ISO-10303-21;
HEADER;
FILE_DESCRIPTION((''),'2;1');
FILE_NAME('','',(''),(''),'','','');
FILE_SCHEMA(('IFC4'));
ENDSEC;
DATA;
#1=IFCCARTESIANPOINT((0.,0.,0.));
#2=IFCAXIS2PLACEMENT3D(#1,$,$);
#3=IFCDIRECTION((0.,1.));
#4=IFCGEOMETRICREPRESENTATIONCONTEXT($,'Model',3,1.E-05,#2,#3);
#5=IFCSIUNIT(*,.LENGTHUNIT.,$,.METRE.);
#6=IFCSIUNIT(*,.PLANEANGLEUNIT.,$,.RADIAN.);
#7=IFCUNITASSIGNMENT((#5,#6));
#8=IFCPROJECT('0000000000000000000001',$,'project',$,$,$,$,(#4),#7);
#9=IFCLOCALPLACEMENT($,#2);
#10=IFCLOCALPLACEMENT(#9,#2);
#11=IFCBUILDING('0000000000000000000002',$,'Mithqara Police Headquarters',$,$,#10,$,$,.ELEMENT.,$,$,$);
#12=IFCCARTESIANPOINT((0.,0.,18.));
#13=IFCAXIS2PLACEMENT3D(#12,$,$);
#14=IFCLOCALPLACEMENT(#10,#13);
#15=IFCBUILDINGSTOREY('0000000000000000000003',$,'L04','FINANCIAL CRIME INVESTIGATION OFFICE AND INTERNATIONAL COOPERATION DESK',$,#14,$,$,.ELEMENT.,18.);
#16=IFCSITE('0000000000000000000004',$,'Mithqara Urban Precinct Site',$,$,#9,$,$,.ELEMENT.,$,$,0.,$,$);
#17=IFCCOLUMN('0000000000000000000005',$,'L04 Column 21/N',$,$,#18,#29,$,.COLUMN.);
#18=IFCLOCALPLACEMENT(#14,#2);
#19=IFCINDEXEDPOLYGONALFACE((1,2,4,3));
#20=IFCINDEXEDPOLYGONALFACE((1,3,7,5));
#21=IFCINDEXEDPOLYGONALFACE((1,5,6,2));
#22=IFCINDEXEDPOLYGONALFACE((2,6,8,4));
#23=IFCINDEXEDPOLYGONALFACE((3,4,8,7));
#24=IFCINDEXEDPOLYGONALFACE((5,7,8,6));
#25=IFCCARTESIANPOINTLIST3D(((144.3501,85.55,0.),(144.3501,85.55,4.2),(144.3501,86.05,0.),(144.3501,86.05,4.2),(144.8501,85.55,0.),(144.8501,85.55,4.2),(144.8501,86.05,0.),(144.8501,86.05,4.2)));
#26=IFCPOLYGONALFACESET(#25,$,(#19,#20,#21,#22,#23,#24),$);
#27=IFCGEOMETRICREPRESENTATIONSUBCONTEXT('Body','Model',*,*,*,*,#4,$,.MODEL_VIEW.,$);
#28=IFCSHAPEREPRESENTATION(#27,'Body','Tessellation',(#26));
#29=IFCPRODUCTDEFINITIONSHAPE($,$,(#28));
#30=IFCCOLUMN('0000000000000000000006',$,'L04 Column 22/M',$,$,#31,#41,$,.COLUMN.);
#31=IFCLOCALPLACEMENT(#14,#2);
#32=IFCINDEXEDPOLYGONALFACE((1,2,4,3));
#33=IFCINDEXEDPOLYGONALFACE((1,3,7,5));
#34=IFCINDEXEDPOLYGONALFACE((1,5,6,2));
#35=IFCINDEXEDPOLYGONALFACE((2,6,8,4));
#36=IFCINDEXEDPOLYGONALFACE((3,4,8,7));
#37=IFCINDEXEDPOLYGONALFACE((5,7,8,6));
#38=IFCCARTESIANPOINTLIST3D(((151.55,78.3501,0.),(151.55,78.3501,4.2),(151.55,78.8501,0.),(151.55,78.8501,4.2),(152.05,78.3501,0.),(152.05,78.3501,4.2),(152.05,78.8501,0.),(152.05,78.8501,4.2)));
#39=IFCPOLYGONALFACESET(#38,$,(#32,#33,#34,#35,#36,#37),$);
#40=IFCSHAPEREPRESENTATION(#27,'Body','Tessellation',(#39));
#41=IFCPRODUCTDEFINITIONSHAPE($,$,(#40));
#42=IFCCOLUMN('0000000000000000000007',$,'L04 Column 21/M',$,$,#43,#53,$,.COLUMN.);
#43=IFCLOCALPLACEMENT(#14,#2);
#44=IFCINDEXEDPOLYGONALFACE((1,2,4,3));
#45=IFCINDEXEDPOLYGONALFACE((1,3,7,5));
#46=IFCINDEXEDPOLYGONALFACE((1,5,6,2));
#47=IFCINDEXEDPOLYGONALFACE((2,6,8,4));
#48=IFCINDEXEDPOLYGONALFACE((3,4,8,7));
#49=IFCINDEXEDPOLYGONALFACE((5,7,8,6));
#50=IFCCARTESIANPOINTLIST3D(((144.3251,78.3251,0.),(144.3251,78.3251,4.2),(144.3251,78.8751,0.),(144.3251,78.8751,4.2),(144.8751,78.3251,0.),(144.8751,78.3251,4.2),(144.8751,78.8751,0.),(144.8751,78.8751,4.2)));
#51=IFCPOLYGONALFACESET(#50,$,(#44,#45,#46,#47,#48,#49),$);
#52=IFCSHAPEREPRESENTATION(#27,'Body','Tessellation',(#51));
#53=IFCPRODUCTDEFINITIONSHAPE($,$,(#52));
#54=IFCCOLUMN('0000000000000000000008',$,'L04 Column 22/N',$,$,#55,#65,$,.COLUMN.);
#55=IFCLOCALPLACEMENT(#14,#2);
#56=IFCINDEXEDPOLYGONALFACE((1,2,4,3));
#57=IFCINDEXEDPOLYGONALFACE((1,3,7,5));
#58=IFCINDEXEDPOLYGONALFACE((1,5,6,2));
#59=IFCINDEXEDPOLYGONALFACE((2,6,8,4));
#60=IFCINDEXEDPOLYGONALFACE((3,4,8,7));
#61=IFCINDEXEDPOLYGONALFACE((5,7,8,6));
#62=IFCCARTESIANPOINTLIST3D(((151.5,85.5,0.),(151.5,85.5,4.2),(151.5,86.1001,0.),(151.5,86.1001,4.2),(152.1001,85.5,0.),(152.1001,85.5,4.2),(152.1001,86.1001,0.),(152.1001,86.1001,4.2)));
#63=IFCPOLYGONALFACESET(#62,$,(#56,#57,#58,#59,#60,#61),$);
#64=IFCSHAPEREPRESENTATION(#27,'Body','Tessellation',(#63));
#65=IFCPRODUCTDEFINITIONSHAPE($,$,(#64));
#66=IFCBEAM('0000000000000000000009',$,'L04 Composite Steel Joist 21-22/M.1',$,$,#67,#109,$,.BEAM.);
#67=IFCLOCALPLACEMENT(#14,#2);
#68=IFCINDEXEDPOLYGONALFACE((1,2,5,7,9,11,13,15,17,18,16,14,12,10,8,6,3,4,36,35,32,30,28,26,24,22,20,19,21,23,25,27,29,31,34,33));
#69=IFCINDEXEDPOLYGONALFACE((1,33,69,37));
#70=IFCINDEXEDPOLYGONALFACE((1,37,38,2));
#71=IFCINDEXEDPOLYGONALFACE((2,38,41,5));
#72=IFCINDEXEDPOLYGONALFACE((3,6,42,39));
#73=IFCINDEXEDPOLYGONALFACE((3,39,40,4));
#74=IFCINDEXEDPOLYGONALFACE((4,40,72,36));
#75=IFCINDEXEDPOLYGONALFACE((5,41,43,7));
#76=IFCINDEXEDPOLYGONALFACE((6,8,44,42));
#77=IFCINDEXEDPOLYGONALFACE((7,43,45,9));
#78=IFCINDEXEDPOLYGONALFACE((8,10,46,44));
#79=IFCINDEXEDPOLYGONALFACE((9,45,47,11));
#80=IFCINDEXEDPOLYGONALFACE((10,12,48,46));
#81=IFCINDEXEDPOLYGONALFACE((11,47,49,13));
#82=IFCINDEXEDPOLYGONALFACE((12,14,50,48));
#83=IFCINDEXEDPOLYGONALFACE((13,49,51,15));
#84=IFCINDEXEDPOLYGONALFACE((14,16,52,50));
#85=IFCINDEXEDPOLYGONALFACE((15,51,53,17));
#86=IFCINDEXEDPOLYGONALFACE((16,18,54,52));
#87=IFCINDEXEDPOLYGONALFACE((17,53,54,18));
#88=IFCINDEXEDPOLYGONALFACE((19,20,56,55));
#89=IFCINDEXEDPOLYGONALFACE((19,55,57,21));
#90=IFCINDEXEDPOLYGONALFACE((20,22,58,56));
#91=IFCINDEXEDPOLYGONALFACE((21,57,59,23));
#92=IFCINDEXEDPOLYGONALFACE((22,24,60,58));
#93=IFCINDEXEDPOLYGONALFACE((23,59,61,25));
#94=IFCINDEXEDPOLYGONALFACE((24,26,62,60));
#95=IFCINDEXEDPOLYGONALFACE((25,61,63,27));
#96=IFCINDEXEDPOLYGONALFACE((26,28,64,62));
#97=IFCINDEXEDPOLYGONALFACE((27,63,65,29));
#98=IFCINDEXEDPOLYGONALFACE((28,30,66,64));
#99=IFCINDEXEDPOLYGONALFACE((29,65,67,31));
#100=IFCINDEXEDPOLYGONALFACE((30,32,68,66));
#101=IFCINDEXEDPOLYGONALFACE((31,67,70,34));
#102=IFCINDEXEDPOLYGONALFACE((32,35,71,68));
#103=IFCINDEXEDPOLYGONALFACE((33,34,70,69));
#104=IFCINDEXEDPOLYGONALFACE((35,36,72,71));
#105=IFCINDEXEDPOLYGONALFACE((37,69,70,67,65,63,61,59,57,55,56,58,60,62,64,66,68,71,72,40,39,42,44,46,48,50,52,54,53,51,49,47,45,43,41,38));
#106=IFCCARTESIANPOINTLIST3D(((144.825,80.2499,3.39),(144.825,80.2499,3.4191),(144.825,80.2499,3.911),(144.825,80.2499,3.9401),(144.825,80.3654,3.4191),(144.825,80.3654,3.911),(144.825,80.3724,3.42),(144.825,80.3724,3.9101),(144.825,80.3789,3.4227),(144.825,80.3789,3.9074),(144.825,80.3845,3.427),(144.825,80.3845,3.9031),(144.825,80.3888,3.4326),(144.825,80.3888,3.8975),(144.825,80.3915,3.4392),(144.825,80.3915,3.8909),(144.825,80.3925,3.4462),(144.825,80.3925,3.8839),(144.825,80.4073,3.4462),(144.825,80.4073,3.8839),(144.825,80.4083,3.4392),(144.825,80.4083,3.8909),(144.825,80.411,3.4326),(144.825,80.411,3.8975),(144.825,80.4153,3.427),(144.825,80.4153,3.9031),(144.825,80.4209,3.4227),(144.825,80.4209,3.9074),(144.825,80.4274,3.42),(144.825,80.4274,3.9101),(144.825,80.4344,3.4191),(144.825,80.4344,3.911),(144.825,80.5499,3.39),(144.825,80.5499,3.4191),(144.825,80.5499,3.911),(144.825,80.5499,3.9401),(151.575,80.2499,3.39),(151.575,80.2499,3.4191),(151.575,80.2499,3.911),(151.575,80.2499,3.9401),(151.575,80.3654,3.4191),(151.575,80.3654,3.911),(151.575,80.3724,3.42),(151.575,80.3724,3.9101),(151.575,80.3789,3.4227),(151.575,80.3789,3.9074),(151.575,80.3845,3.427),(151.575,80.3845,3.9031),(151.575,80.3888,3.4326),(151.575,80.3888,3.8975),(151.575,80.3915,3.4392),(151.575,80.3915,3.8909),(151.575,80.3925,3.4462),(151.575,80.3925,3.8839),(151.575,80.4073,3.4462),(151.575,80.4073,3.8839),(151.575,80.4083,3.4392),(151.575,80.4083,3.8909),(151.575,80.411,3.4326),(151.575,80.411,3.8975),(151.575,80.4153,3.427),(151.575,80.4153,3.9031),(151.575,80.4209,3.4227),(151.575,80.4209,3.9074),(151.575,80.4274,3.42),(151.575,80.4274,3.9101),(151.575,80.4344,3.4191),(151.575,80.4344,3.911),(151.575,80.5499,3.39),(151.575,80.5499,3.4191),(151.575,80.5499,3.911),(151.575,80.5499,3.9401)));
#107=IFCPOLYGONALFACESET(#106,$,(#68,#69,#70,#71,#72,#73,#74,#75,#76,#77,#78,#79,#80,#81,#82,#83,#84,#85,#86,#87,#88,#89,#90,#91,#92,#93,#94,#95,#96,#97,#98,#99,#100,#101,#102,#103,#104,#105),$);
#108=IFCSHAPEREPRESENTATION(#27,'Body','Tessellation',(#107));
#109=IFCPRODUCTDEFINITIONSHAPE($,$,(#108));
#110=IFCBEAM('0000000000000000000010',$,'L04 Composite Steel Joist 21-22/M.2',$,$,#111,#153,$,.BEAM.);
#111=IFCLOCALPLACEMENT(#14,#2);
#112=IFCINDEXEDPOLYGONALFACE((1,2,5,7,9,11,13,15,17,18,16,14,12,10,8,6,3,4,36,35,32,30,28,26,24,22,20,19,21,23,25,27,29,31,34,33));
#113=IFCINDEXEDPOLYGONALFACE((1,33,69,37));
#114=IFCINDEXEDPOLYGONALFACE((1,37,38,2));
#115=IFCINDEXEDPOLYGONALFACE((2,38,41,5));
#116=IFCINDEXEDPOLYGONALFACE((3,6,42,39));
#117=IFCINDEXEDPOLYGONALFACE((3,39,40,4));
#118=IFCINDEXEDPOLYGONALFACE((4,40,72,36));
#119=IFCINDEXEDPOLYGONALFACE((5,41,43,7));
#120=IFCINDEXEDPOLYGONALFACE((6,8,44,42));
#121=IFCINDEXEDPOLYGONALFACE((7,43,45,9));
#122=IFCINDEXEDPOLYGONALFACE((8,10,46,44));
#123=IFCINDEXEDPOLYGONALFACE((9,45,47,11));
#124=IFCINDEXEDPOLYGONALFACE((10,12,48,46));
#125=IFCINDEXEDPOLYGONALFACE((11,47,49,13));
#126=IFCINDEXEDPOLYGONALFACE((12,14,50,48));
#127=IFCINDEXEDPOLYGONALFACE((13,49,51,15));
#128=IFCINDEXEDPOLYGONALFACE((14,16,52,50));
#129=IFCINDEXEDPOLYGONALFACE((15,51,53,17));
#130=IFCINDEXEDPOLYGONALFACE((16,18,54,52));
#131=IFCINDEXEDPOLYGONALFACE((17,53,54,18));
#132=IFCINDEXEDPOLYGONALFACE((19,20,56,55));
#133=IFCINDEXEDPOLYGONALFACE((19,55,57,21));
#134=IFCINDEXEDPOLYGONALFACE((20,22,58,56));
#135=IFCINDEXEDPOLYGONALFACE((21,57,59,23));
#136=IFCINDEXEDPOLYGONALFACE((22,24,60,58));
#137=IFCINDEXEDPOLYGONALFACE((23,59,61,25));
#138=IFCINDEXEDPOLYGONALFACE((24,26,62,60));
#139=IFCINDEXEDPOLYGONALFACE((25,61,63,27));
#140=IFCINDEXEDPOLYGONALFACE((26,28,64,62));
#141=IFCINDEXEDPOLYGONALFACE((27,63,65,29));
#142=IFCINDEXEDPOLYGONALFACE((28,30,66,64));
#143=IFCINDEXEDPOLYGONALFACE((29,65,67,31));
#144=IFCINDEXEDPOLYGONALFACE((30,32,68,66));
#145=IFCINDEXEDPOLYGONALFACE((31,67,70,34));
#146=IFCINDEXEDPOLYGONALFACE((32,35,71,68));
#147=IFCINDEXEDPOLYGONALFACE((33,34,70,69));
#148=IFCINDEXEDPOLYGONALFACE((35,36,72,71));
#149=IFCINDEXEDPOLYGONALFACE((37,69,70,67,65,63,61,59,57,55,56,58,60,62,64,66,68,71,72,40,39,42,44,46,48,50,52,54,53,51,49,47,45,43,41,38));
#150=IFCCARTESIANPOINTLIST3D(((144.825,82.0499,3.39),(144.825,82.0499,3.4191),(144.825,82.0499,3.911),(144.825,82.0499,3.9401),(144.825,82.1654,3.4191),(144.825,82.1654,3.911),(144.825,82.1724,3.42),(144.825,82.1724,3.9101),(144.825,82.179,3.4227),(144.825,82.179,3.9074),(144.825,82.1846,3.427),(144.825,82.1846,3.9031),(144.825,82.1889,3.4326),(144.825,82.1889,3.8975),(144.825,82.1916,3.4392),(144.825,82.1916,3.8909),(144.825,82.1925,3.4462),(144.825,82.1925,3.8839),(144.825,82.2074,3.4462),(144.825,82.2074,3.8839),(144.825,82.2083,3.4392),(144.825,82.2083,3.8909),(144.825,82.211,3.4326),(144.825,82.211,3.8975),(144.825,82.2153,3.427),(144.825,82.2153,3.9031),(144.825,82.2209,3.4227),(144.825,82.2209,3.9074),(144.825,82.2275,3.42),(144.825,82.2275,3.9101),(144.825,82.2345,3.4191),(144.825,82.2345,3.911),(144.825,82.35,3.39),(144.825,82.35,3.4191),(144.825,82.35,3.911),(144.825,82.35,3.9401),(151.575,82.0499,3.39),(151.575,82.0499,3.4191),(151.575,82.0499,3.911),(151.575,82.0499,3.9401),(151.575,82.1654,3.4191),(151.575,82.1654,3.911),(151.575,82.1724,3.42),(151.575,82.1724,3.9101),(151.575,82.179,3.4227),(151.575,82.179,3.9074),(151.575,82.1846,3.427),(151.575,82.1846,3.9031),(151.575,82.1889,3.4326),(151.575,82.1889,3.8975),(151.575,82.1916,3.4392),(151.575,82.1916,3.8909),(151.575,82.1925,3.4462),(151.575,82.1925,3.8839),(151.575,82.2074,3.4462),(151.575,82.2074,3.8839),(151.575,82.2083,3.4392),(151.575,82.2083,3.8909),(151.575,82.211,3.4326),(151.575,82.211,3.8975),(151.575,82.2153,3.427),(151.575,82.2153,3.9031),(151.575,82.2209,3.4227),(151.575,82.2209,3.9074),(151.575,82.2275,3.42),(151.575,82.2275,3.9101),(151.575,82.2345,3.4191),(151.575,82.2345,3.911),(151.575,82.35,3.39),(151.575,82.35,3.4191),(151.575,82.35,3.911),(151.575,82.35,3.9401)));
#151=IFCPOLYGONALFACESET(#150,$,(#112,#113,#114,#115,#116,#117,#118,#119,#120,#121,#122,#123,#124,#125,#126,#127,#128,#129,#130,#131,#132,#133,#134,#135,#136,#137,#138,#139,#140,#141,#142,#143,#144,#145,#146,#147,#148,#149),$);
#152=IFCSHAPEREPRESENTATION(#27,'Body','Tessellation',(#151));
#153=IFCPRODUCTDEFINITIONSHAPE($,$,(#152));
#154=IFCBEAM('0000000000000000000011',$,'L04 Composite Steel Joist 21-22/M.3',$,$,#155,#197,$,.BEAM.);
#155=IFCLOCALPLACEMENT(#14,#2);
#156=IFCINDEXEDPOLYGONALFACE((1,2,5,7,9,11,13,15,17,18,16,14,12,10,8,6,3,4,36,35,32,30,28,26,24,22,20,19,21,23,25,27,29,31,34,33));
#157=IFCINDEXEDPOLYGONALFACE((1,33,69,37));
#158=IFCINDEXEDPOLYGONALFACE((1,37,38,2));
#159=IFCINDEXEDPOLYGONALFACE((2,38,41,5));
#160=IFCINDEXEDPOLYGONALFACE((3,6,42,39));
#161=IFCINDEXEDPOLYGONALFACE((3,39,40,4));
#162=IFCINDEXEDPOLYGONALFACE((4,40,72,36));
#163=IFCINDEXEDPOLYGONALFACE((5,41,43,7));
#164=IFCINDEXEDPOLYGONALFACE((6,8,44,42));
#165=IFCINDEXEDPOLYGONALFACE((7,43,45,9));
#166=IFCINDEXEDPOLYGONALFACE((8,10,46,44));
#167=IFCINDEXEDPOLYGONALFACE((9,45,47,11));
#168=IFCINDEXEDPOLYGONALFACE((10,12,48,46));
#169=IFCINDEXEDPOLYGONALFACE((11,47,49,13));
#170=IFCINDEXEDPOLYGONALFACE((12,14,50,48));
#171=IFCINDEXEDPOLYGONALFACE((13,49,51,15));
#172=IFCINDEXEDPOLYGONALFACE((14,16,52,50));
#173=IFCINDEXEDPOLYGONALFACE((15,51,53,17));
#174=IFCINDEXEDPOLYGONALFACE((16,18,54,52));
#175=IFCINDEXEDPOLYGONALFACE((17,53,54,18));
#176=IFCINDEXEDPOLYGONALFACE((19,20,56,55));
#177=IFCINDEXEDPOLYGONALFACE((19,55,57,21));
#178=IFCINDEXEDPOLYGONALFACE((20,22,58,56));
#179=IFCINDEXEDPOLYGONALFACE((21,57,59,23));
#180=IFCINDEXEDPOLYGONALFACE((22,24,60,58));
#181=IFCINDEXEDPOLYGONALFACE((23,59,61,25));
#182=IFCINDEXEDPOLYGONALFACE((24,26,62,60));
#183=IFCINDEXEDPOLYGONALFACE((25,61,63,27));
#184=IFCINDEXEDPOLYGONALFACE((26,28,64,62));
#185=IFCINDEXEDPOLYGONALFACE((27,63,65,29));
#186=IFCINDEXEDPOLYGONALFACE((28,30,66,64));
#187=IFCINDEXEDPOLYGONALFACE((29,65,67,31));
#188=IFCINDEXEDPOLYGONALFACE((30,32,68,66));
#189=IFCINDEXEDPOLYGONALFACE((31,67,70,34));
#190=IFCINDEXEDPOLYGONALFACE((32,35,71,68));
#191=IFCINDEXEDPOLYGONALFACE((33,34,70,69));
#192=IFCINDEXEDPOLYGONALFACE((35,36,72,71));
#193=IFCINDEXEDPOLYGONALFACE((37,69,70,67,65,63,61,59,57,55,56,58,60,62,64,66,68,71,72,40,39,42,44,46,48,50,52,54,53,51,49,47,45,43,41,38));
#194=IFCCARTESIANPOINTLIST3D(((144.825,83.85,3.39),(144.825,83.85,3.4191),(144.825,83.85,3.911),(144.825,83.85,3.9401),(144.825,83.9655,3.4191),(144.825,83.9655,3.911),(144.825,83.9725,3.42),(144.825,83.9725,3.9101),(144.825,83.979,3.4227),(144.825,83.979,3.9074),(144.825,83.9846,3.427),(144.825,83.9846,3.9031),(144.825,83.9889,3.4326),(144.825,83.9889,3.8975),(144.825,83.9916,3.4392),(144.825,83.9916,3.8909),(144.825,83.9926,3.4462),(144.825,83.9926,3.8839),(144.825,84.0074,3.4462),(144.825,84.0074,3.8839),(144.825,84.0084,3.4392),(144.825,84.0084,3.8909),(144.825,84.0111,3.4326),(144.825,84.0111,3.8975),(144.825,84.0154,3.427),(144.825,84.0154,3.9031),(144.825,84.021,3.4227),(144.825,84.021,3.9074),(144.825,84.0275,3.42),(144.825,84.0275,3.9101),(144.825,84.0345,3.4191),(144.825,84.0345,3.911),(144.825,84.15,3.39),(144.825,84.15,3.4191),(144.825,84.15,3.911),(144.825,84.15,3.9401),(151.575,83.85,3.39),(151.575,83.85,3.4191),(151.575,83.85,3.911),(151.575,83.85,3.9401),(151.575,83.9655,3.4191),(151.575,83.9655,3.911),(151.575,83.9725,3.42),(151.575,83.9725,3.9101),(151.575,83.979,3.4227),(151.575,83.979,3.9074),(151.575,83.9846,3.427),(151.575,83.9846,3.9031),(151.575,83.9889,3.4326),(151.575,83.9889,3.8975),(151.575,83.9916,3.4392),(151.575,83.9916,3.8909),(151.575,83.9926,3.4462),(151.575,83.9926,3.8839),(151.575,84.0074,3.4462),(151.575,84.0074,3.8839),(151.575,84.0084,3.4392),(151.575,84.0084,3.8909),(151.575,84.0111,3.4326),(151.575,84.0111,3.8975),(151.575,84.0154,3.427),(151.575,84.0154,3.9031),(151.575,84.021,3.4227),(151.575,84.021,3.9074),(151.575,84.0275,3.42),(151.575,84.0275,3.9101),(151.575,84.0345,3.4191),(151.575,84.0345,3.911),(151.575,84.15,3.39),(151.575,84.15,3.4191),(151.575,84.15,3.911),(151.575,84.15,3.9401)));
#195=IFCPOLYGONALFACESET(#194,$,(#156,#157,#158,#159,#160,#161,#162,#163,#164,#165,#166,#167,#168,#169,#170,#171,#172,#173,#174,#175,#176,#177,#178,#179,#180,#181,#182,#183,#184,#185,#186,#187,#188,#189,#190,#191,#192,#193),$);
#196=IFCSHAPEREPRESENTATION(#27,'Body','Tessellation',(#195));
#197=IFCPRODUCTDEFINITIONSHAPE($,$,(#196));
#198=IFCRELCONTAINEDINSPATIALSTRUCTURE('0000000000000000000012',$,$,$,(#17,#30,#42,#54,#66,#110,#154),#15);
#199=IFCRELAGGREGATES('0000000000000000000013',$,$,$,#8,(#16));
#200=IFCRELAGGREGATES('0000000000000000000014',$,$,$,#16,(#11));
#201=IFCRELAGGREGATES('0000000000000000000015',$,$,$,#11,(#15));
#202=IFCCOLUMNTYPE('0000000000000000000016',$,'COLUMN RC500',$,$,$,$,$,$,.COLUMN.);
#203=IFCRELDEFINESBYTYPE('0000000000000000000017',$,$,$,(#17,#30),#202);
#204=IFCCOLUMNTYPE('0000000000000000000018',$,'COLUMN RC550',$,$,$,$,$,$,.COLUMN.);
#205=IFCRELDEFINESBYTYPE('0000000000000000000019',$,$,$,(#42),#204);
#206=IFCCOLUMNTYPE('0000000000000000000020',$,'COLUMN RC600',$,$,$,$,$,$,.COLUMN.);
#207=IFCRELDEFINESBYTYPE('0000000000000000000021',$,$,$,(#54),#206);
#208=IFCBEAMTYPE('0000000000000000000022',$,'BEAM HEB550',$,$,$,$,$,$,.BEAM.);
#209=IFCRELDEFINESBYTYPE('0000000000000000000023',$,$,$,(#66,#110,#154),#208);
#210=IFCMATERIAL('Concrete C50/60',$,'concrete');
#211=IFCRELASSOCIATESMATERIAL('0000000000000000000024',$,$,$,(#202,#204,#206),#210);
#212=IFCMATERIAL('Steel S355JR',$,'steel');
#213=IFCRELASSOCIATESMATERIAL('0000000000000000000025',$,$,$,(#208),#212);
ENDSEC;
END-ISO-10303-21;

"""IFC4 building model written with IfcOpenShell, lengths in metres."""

from ifc_helpers import new_model, si_unit, direction, frame, origin, origin_2d, place, context, subcontext, project, spatial, rectangle, i_section, extrude, material, material_profile, profile_set, type_object, element, save


model = new_model("IFC4")

# Units and contexts
model_context = context("Model", 3, precision=1e-05, world=origin(), true_north=direction((0.0, 1.0)))
body_context = subcontext(model_context, "Body", "Model", "MODEL_VIEW")
ifc_project = project(units=[si_unit("LENGTHUNIT", "METRE"), si_unit("PLANEANGLEUNIT", "RADIAN")], contexts=[model_context])

# Site, building, storey
site_placement = place(None, origin())
site = spatial("IfcSite", under=ifc_project, at=site_placement, Name="Mithqara Urban Precinct Site", CompositionType="ELEMENT", RefElevation=0.0)
building_placement = place(site_placement, origin())
building = spatial("IfcBuilding", under=site, at=building_placement, Name="Mithqara Police Headquarters", CompositionType="ELEMENT")
storey_placement = place(building_placement, frame((0.0, 0.0, 18.0)))
storey = spatial("IfcBuildingStorey", under=building, at=storey_placement, Name="L04", Description="FINANCIAL CRIME INVESTIGATION OFFICE AND INTERNATIONAL COOPERATION DESK", CompositionType="ELEMENT", Elevation=18.0)

# Columns
ifc_material_1 = material(Name="Concrete C50/60", Category="concrete")
ifc_material_profile_1 = material_profile(ifc_material_1, rectangle(XDim=0.5, YDim=0.5, at=origin_2d()), Name="RC 500x500")
ifc_profile_set_1 = profile_set([ifc_material_profile_1], Name="Concrete C50/60")
column_type_1 = type_object("IfcColumnType", Name="COLUMN RC500", PredefinedType="COLUMN", material=ifc_profile_set_1)
for number, where, z_axis, x_axis, name in (
    (1, (144.6001, 85.8, 0.0), (0.0, 0.0, 1.0), (1.0, 0.0, 0.0), "L04 Column 21/N"),
    (2, (151.8, 78.6001, 0.0), (0.0, 0.0, 1.0), (1.0, 0.0, 0.0), "L04 Column 22/M"),
):
    element("IfcColumn", number, at=place(storey_placement, frame(where, z_axis=z_axis, x_axis=x_axis)), inside=storey, type_object=column_type_1, Name=name, PredefinedType="COLUMN", context=body_context, shape_type="SweptSolid", body=[
        extrude(rectangle(XDim=0.5, YDim=0.5, at=origin_2d()), origin(), (0.0, 0.0, 1.0), 4.2),
    ])
ifc_material_profile_2 = material_profile(ifc_material_1, rectangle(XDim=0.55, YDim=0.55, at=origin_2d()), Name="RC 550x550")
ifc_profile_set_2 = profile_set([ifc_material_profile_2], Name="Concrete C50/60")
column_type_2 = type_object("IfcColumnType", Name="COLUMN RC550", PredefinedType="COLUMN", material=ifc_profile_set_2)
column_1_placement = place(storey_placement, frame((144.6001, 78.6001, 0.0), z_axis=(0.0, 0.0, 1.0), x_axis=(1.0, 0.0, 0.0)))
element("IfcColumn", 3, at=column_1_placement, inside=storey, type_object=column_type_2, Name="L04 Column 21/M", PredefinedType="COLUMN", context=body_context, shape_type="SweptSolid", body=[
    extrude(rectangle(XDim=0.55, YDim=0.55, at=origin_2d()), origin(), (0.0, 0.0, 1.0), 4.2),
])
ifc_material_profile_3 = material_profile(ifc_material_1, rectangle(XDim=0.6001, YDim=0.6001, at=origin_2d()), Name="RC 600x600")
ifc_profile_set_3 = profile_set([ifc_material_profile_3], Name="Concrete C50/60")
column_type_3 = type_object("IfcColumnType", Name="COLUMN RC600", PredefinedType="COLUMN", material=ifc_profile_set_3)
column_2_placement = place(storey_placement, frame((151.8, 85.8, 0.0), z_axis=(0.0, 0.0, 1.0), x_axis=(1.0, 0.0, 0.0)))
element("IfcColumn", 4, at=column_2_placement, inside=storey, type_object=column_type_3, Name="L04 Column 22/N", PredefinedType="COLUMN", context=body_context, shape_type="SweptSolid", body=[
    extrude(rectangle(XDim=0.6001, YDim=0.6001, at=origin_2d()), origin(), (0.0, 0.0, 1.0), 4.2),
])

# Beams
ifc_material_2 = material(Name="Steel S355JR", Category="steel")
ifc_material_profile_4 = material_profile(ifc_material_2, i_section(OverallWidth=0.3, OverallDepth=0.55, WebThickness=0.0149, FlangeThickness=0.0291, FilletRadius=0.0271, at=origin_2d()), Name="HEB 550")
ifc_profile_set_4 = profile_set([ifc_material_profile_4], Name="Steel S355JR")
beam_type_1 = type_object("IfcBeamType", Name="BEAM HEB550", PredefinedType="BEAM", material=ifc_profile_set_4)
for number, where, z_axis, x_axis, name in (
    (5, (144.825, 80.3999, 3.665), (1.0, 0.0, 0.0), (0.0, 1.0, 0.0), "L04 Composite Steel Joist 21-22/M.1"),
    (6, (144.825, 82.2, 3.665), (1.0, 0.0, 0.0), (0.0, 1.0, 0.0), "L04 Composite Steel Joist 21-22/M.2"),
    (7, (144.825, 84.0, 3.665), (1.0, 0.0, 0.0), (0.0, 1.0, 0.0), "L04 Composite Steel Joist 21-22/M.3"),
):
    element("IfcBeam", number, at=place(storey_placement, frame(where, z_axis=z_axis, x_axis=x_axis)), inside=storey, type_object=beam_type_1, Name=name, PredefinedType="BEAM", context=body_context, shape_type="SweptSolid", body=[
        extrude(i_section(OverallWidth=0.3, OverallDepth=0.55, WebThickness=0.0149, FlangeThickness=0.0291, FilletRadius=0.0271, at=origin_2d()), origin(), (0.0, 0.0, 1.0), 6.75),
    ])

save(model, "model.ifc")
